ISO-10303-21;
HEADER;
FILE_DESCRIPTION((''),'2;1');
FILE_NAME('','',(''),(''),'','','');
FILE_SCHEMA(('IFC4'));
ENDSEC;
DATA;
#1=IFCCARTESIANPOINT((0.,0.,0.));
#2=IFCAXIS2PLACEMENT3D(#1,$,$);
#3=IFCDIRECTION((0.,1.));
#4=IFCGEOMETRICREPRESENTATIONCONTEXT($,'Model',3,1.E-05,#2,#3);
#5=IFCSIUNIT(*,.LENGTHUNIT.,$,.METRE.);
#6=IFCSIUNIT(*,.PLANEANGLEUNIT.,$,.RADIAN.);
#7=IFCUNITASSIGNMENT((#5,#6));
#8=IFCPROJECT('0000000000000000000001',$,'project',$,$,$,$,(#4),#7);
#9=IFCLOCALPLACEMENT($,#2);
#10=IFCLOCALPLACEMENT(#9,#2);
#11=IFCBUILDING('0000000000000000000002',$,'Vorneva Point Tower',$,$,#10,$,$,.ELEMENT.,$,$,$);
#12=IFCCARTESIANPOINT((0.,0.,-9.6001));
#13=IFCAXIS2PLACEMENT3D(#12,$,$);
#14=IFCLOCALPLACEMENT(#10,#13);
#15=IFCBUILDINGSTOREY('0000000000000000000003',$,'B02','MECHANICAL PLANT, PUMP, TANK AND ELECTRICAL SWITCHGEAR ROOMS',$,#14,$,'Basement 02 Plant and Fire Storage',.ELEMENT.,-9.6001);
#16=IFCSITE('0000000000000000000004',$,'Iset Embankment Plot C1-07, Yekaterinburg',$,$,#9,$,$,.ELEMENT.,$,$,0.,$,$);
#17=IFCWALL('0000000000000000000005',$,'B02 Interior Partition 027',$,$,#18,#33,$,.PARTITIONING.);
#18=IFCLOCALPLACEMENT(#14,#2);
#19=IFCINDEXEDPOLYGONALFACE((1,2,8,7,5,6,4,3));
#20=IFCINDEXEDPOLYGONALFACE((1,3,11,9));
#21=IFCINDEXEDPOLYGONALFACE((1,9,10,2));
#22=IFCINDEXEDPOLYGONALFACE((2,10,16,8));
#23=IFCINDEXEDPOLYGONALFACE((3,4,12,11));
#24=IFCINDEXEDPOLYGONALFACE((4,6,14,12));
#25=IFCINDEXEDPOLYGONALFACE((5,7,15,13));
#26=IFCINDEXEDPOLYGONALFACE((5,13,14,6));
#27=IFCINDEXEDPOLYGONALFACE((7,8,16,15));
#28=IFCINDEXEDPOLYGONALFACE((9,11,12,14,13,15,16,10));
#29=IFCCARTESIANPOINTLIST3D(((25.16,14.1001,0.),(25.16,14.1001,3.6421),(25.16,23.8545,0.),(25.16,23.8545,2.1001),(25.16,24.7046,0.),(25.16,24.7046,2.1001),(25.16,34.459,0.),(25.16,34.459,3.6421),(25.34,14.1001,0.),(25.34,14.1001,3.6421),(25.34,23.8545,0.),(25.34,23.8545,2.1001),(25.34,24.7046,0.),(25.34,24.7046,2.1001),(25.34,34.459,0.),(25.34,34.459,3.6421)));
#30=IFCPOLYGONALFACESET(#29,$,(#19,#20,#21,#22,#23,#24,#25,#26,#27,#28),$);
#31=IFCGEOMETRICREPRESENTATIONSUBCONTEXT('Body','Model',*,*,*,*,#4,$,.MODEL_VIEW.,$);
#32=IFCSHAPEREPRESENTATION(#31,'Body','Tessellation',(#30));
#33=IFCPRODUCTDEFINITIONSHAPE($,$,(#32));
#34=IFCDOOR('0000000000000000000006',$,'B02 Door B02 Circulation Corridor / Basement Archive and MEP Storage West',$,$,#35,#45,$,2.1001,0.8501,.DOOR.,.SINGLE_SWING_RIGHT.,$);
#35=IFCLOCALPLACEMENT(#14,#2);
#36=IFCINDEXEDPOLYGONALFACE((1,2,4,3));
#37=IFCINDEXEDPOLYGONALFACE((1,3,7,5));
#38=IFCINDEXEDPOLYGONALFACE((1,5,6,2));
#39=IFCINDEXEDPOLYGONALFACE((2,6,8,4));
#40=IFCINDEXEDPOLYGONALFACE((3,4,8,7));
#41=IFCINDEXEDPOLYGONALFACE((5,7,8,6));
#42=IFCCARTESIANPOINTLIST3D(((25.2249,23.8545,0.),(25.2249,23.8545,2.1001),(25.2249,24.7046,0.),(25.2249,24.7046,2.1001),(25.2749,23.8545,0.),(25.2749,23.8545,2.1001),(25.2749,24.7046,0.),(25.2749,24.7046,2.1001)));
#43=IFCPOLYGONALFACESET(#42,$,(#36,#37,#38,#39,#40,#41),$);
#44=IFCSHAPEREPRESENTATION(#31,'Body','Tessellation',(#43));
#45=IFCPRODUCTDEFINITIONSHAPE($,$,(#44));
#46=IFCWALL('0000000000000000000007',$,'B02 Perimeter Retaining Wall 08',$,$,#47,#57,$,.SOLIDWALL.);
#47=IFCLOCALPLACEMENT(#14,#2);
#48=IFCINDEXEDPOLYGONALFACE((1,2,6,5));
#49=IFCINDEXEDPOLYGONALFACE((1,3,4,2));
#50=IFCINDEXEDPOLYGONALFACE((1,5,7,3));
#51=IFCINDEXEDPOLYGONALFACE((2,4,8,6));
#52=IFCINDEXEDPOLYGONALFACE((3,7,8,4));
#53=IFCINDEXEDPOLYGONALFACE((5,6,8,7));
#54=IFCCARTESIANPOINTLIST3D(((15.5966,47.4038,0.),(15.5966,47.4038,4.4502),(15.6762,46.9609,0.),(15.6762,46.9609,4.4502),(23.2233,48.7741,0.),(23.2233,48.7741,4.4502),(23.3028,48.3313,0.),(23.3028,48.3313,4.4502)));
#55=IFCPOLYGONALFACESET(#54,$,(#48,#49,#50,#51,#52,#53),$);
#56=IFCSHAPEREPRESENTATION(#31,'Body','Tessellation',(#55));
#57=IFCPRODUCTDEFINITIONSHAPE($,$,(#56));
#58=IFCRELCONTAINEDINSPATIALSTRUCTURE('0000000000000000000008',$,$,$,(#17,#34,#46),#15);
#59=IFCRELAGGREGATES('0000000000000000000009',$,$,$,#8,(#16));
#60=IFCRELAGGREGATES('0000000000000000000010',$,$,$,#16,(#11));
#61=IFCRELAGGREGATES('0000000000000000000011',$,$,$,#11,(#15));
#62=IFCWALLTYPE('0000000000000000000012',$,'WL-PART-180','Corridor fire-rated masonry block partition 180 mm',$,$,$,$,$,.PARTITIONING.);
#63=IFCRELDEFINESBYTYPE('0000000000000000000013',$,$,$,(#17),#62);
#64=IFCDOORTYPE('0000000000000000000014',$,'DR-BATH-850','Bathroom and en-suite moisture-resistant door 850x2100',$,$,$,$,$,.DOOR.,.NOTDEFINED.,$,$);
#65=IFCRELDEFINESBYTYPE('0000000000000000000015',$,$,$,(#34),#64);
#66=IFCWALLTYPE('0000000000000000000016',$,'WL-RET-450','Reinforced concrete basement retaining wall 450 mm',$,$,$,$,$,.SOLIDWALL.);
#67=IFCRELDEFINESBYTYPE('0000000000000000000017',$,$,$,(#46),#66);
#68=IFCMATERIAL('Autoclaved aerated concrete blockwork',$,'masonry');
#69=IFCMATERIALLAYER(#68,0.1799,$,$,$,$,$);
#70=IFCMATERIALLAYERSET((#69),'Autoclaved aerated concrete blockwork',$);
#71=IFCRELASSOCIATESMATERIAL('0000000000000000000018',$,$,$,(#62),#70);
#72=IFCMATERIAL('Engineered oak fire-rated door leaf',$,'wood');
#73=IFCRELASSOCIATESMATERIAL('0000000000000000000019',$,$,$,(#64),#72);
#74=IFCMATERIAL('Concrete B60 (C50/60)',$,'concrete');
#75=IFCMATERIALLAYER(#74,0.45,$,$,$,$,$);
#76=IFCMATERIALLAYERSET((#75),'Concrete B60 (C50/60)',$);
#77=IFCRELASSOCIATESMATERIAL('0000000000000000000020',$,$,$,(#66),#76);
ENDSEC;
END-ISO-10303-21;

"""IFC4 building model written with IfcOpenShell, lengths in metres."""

from ifc_helpers import new_model, si_unit, direction, frame, frame_2d, origin, place, context, subcontext, project, spatial, rectangle, extrude, material, layer, layer_set, type_object, element, fill, save


model = new_model("IFC4")

# Units and contexts
model_context = context("Model", 3, precision=1e-05, world=origin(), true_north=direction((0.0, 1.0)))
body_context = subcontext(model_context, "Body", "Model", "MODEL_VIEW")
ifc_project = project(units=[si_unit("LENGTHUNIT", "METRE"), si_unit("PLANEANGLEUNIT", "RADIAN")], contexts=[model_context])

# Site, building, storey
site_placement = place(None, origin())
site = spatial("IfcSite", under=ifc_project, at=site_placement, Name="Iset Embankment Plot C1-07, Yekaterinburg", CompositionType="ELEMENT", RefElevation=0.0)
building_placement = place(site_placement, origin())
building = spatial("IfcBuilding", under=site, at=building_placement, Name="Vorneva Point Tower", CompositionType="ELEMENT")
storey_placement = place(building_placement, frame((0.0, 0.0, -9.6001)))
storey = spatial("IfcBuildingStorey", under=building, at=storey_placement, Name="B02", Description="MECHANICAL PLANT, PUMP, TANK AND ELECTRICAL SWITCHGEAR ROOMS", LongName="Basement 02 Plant and Fire Storage", CompositionType="ELEMENT", Elevation=-9.6001)

# Shared definitions
ifc_material_1 = material(Name="Concrete B60 (C50/60)", Category="concrete")

# Shared definitions
ifc_material_2 = material(Name="Autoclaved aerated concrete blockwork", Category="masonry")
ifc_layer_1 = layer(ifc_material_2, 0.1799)
ifc_layer_set_1 = layer_set([ifc_layer_1], Name="Autoclaved aerated concrete blockwork")
wall_type_1 = type_object("IfcWallType", Name="WL-PART-180", Description="Corridor fire-rated masonry block partition 180 mm", PredefinedType="PARTITIONING", material=ifc_layer_set_1)

# Wall, opening, door
wall_1_placement = place(storey_placement, frame((25.25, 34.459, 0.0), z_axis=(0.0, 0.0, 1.0), x_axis=(0.0, -1.0, 0.0)))
wall_1 = element("IfcWall", 1, at=wall_1_placement, inside=storey, type_object=wall_type_1, Name="B02 Interior Partition 027", PredefinedType="PARTITIONING", context=body_context, shape_type="SweptSolid", body=[
    extrude(rectangle(XDim=20.3589, YDim=0.1799, at=frame_2d((10.1794, 0.0))), origin(), (0.0, 0.0, 1.0), 3.6421),
])
opening_placement = place(wall_1_placement, frame((9.7544, 0.0, 0.0)))
opening = element("IfcOpeningElement", 2, at=opening_placement, cuts=wall_1, PredefinedType="OPENING", context=body_context, shape_type="SweptSolid", body=[
    extrude(rectangle(XDim=0.8501, YDim=2.1001, at=frame_2d((0.425, 1.05))), frame((0.0, 0.105, 0.0), z_axis=(0.0, -1.0, 0.0), x_axis=(1.0, 0.0, 0.0)), (0.0, 0.0, 1.0), 0.2097),
])
ifc_material_3 = material(Name="Engineered oak fire-rated door leaf", Category="wood")
door_type = type_object("IfcDoorType", Name="DR-BATH-850", Description="Bathroom and en-suite moisture-resistant door 850x2100", OperationType="NOTDEFINED", PredefinedType="DOOR", material=ifc_material_3)
door_placement = place(opening_placement, origin())
door = element("IfcDoor", 3, at=door_placement, inside=storey, type_object=door_type, Name="B02 Door B02 Circulation Corridor / Basement Archive and MEP Storage West", OperationType="SINGLE_SWING_RIGHT", OverallHeight=2.1001, OverallWidth=0.8501, PredefinedType="DOOR", context=body_context, shape_type="SweptSolid", body=[
    extrude(rectangle(XDim=0.8501, YDim=2.1001, at=frame_2d((0.425, 1.05))), frame((0.0, 0.0249, 0.0), z_axis=(0.0, -1.0, 0.0), x_axis=(1.0, 0.0, 0.0)), (0.0, 0.0, 1.0), 0.05),
])
fill(opening, door)

# Wall
ifc_layer_2 = layer(ifc_material_1, 0.45)
ifc_layer_set_2 = layer_set([ifc_layer_2], Name="Concrete B60 (C50/60)")
wall_type_2 = type_object("IfcWallType", Name="WL-RET-450", Description="Reinforced concrete basement retaining wall 450 mm", PredefinedType="SOLIDWALL", material=ifc_layer_set_2)
wall_2_placement = place(storey_placement, frame((23.2632, 48.5527, 0.0), z_axis=(0.0, 0.0, 1.0), x_axis=(-0.984238, -0.176847, 0.0)))
element("IfcWall", 4, at=wall_2_placement, inside=storey, type_object=wall_type_2, Name="B02 Perimeter Retaining Wall 08", PredefinedType="SOLIDWALL", context=body_context, shape_type="SweptSolid", body=[
    extrude(rectangle(XDim=7.7488, YDim=0.45, at=frame_2d((3.8745, 0.0))), origin(), (0.0, 0.0, 1.0), 4.4502),
])

save(model, "model.ifc")
